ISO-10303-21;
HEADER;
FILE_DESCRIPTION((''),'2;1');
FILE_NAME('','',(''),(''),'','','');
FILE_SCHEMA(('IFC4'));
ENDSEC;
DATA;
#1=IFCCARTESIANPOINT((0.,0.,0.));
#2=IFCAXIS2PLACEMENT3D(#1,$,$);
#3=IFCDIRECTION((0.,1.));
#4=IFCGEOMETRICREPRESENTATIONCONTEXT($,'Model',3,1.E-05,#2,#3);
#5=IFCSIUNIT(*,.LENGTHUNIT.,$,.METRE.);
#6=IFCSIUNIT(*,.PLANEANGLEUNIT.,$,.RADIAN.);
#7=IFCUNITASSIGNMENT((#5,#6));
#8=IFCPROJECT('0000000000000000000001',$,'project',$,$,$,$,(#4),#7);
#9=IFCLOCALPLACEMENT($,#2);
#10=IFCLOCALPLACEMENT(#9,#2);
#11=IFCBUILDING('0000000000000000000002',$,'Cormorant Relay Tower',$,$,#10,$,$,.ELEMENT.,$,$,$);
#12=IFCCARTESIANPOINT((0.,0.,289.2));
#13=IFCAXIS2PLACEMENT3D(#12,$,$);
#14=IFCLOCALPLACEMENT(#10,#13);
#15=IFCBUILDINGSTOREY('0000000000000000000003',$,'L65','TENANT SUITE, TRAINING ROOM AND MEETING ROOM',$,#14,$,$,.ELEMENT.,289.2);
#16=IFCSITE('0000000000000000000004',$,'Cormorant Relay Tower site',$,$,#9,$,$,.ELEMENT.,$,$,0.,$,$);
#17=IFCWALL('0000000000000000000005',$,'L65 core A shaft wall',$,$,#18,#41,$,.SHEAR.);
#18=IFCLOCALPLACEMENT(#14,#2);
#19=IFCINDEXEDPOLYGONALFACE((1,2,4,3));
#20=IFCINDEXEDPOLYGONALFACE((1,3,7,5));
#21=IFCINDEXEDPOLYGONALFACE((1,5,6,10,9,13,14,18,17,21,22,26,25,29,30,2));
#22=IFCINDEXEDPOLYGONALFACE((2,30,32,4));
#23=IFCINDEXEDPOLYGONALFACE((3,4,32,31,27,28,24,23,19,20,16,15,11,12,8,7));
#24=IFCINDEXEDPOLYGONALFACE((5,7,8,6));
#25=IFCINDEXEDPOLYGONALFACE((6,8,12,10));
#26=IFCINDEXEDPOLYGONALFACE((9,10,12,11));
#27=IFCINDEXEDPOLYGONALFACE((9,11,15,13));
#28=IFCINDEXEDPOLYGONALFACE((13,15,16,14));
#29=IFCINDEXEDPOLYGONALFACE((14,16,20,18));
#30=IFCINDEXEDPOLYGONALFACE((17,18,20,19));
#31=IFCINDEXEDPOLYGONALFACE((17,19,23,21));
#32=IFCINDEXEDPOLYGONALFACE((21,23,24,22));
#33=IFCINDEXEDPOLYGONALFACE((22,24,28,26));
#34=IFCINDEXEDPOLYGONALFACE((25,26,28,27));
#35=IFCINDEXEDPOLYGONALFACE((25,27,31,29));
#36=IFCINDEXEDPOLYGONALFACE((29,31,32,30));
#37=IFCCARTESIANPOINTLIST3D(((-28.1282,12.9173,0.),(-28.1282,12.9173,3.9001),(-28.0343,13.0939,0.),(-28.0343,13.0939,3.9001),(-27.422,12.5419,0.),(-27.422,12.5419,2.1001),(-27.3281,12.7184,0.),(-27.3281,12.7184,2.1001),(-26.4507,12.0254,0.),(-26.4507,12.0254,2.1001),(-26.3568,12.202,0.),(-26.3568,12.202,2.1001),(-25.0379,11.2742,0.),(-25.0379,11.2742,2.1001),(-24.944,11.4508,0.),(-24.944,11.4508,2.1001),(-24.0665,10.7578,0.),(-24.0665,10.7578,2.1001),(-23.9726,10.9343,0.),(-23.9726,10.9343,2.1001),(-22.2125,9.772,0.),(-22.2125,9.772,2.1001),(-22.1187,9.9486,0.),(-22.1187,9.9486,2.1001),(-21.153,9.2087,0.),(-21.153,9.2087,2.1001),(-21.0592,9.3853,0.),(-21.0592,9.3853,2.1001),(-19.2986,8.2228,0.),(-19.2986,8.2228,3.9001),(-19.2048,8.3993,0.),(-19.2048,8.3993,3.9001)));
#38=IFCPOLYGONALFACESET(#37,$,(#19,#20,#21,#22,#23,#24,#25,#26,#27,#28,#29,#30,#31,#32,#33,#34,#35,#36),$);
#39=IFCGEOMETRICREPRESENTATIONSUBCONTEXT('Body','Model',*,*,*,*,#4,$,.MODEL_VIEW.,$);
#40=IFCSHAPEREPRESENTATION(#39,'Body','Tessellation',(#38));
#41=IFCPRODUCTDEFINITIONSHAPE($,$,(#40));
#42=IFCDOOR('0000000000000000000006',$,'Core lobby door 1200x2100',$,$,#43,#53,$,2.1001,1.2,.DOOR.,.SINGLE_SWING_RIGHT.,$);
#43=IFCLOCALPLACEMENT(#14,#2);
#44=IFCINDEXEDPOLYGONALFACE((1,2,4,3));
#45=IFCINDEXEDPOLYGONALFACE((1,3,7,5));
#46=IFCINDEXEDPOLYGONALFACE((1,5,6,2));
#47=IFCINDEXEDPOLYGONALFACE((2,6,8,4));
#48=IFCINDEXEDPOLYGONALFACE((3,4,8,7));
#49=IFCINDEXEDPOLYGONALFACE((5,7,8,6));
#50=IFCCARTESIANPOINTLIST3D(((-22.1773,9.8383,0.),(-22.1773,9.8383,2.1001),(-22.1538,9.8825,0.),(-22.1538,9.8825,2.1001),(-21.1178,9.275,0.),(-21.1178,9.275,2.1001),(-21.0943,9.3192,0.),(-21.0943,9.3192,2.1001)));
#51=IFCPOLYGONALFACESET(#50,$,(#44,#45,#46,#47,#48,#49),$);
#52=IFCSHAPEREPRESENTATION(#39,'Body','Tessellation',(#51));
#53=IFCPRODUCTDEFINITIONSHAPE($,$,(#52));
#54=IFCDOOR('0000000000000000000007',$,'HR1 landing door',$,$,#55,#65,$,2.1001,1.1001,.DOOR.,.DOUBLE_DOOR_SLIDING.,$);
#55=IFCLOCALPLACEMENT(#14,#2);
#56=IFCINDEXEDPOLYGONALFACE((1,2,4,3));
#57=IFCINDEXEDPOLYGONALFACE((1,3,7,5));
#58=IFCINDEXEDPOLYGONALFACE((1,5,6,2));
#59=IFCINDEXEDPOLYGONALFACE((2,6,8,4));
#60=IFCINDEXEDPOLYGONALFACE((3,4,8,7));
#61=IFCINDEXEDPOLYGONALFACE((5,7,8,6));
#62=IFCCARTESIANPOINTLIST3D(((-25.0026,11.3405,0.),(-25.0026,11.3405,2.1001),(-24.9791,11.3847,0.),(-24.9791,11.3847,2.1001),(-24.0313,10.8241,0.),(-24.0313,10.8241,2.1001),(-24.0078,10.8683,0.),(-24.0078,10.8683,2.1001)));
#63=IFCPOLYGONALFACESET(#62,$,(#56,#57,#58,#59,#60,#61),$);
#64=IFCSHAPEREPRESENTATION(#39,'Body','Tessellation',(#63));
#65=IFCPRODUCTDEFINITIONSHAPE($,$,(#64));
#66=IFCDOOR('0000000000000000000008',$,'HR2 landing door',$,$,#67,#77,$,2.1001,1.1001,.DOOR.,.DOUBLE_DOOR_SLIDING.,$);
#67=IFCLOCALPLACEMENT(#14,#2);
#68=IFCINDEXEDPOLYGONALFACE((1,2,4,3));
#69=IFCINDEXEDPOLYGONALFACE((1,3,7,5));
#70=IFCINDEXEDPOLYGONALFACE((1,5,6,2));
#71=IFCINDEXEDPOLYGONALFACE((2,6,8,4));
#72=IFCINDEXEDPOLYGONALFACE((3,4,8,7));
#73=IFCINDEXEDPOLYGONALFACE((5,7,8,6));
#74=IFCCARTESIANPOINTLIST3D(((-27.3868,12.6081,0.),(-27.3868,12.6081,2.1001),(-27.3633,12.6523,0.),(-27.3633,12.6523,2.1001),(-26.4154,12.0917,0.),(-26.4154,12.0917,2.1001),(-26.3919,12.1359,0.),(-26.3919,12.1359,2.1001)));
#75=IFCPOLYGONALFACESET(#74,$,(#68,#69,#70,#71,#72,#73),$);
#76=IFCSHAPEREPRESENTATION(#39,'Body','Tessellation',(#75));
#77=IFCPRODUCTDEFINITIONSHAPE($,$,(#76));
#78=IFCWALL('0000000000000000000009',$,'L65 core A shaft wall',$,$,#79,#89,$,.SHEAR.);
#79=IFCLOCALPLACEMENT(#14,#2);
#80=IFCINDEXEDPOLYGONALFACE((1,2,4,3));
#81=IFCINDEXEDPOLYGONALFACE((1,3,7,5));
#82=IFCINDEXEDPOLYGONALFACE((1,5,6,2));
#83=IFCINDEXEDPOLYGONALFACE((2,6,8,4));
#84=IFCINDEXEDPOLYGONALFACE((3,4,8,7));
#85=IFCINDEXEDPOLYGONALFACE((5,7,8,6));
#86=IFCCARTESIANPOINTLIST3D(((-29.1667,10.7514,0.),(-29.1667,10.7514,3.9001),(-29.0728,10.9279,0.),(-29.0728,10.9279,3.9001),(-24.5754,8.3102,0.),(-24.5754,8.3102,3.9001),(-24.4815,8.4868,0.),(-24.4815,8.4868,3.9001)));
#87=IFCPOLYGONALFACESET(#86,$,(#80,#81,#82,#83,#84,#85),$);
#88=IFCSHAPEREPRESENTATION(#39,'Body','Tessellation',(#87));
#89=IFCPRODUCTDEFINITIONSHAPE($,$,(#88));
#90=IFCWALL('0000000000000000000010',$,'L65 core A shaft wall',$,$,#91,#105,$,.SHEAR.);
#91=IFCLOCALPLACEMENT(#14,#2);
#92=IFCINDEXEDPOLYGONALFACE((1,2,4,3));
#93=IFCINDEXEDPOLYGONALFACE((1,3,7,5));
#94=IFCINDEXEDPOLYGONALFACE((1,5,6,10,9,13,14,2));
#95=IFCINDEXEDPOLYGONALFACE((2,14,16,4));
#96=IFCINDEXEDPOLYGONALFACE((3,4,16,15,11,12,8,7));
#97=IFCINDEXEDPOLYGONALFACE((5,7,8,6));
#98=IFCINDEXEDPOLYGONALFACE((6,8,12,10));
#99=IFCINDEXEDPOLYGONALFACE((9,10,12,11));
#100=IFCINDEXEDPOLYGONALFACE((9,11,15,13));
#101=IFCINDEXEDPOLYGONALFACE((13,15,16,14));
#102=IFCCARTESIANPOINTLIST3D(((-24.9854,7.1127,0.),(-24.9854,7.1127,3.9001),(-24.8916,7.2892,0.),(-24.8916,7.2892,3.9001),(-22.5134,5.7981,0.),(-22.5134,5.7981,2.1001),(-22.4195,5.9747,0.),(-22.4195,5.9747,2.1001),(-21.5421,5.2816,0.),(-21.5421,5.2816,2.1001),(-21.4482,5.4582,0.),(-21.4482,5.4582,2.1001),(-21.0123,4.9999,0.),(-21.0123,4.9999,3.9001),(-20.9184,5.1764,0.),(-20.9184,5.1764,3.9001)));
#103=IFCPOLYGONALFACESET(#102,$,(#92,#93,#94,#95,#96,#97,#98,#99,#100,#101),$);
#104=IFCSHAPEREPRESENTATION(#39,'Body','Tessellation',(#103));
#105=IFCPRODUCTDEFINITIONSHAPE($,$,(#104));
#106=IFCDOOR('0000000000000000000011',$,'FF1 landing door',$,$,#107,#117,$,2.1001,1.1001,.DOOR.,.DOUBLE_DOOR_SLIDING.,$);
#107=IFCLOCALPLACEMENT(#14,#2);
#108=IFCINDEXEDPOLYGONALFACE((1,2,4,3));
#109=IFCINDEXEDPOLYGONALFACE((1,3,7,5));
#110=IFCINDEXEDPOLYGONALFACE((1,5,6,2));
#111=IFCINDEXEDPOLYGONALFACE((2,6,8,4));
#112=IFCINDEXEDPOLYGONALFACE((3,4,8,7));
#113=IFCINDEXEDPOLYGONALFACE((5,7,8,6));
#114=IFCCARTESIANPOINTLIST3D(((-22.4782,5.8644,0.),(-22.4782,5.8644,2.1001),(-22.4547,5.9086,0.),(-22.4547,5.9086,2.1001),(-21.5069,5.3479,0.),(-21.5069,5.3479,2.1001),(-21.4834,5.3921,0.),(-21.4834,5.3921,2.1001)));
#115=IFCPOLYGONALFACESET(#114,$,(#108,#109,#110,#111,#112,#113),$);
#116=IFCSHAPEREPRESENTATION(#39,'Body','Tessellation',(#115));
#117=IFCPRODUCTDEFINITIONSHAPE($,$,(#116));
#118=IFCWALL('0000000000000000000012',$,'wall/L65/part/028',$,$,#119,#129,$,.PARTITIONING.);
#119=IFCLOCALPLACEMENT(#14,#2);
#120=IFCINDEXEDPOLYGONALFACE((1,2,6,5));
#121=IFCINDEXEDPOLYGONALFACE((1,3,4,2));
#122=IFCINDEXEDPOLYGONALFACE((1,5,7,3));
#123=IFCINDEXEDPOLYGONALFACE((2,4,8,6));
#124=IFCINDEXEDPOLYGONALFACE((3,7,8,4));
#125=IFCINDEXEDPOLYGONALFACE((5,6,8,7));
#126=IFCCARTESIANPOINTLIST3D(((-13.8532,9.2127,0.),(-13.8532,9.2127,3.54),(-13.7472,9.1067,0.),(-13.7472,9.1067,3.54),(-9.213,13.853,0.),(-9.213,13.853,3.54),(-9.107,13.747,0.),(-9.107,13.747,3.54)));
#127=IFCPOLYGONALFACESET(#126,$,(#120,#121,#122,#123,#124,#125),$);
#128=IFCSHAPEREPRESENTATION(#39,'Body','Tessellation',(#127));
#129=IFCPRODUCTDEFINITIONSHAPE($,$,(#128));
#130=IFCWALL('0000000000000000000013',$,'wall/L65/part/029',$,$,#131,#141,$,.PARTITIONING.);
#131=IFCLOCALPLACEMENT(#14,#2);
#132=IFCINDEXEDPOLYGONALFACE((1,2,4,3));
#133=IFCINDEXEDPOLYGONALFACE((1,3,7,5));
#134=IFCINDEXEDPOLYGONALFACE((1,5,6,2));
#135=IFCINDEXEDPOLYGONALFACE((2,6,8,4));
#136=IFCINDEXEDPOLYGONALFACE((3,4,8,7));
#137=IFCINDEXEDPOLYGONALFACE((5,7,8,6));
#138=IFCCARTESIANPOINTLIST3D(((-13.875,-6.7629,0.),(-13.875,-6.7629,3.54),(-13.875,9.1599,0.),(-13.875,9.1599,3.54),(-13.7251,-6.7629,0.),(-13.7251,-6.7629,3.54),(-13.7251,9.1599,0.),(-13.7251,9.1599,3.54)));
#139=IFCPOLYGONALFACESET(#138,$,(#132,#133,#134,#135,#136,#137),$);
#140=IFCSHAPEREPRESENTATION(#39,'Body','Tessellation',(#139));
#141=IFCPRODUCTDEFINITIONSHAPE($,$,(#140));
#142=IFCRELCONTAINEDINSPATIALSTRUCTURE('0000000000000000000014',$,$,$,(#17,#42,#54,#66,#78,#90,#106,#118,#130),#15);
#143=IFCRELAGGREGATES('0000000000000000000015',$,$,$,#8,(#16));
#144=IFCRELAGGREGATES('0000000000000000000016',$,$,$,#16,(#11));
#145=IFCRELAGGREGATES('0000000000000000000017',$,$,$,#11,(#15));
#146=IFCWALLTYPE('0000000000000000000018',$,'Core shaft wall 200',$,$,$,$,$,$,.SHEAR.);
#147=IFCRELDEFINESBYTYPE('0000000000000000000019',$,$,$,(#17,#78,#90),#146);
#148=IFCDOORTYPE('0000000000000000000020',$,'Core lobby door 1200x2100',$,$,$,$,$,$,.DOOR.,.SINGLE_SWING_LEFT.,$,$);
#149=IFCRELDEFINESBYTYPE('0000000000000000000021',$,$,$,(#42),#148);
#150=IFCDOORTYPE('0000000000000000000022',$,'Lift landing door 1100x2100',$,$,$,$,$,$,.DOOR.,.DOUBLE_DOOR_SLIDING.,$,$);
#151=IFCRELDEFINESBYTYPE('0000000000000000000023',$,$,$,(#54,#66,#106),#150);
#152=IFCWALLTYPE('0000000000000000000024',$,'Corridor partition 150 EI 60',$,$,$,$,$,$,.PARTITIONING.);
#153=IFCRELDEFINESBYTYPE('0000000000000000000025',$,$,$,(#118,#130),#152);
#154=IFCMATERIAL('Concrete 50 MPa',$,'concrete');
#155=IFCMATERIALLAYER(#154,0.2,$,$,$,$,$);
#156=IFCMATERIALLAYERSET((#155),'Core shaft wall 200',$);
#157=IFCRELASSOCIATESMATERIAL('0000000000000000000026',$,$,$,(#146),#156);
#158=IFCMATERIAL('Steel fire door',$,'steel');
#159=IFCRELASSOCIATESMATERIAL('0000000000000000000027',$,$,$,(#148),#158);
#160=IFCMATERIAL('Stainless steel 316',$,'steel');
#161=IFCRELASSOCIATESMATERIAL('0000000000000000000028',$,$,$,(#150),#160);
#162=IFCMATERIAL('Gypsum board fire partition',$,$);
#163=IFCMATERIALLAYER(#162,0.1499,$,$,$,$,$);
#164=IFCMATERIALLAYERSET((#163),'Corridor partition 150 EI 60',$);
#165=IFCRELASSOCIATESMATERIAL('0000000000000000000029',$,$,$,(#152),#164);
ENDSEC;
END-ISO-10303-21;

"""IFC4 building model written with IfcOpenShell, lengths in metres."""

from ifc_helpers import new_model, si_unit, direction, frame, frame_2d, origin, place, context, subcontext, project, spatial, rectangle, extrude, material, layer, layer_set, type_object, element, fill, save


model = new_model("IFC4")

# Units and contexts
model_context = context("Model", 3, precision=1e-05, world=origin(), true_north=direction((0.0, 1.0)))
body_context = subcontext(model_context, "Body", "Model", "MODEL_VIEW")
ifc_project = project(units=[si_unit("LENGTHUNIT", "METRE"), si_unit("PLANEANGLEUNIT", "RADIAN")], contexts=[model_context])

# Site, building, storey
site_placement = place(None, origin())
site = spatial("IfcSite", under=ifc_project, at=site_placement, Name="Cormorant Relay Tower site", CompositionType="ELEMENT", RefElevation=0.0)
building_placement = place(site_placement, origin())
building = spatial("IfcBuilding", under=site, at=building_placement, Name="Cormorant Relay Tower", CompositionType="ELEMENT")
storey_placement = place(building_placement, frame((0.0, 0.0, 289.2)))
storey = spatial("IfcBuildingStorey", under=building, at=storey_placement, Name="L65", Description="TENANT SUITE, TRAINING ROOM AND MEETING ROOM", CompositionType="ELEMENT", Elevation=289.2)

# Shared definitions
ifc_material_1 = material(Name="Concrete 50 MPa", Category="concrete")
ifc_layer_1 = layer(ifc_material_1, 0.2)
ifc_layer_set_1 = layer_set([ifc_layer_1], Name="Core shaft wall 200")
wall_type_1 = type_object("IfcWallType", Name="Core shaft wall 200", PredefinedType="SHEAR", material=ifc_layer_set_1)

# Wall, openings, doors
wall_1_placement = place(storey_placement, frame((-19.2517, 8.311, 0.0), z_axis=(0.0, 0.0, 1.0), x_axis=(-0.882956, 0.469456, 0.0)))
wall_1 = element("IfcWall", 1, at=wall_1_placement, inside=storey, type_object=wall_type_1, Name="L65 core A shaft wall", PredefinedType="SHEAR", context=body_context, shape_type="SweptSolid", body=[
    extrude(rectangle(XDim=10.0, YDim=0.2, at=frame_2d((5.0, 0.0))), origin(), (0.0, 0.0, 1.0), 3.9001),
])
opening_1_placement = place(wall_1_placement, frame((2.1001, 0.0, 0.0)))
opening_1 = element("IfcOpeningElement", 2, at=opening_1_placement, cuts=wall_1, PredefinedType="OPENING", context=body_context, shape_type="SweptSolid", body=[
    extrude(rectangle(XDim=1.2, YDim=2.1001, at=frame_2d((0.6001, 1.05))), frame((0.0, 0.1099, 0.0), z_axis=(0.0, -1.0, 0.0), x_axis=(1.0, 0.0, 0.0)), (0.0, 0.0, 1.0), 0.22),
])
opening_2_placement = place(wall_1_placement, frame((5.3999, 0.0, 0.0)))
opening_2 = element("IfcOpeningElement", 3, at=opening_2_placement, cuts=wall_1, PredefinedType="OPENING", context=body_context, shape_type="SweptSolid", body=[
    extrude(rectangle(XDim=1.1001, YDim=2.1001, at=frame_2d((0.55, 1.05))), frame((0.0, 0.1099, 0.0), z_axis=(0.0, -1.0, 0.0), x_axis=(1.0, 0.0, 0.0)), (0.0, 0.0, 1.0), 0.22),
])
opening_3_placement = place(wall_1_placement, frame((8.1001, 0.0, 0.0)))
opening_3 = element("IfcOpeningElement", 4, at=opening_3_placement, cuts=wall_1, PredefinedType="OPENING", context=body_context, shape_type="SweptSolid", body=[
    extrude(rectangle(XDim=1.1001, YDim=2.1001, at=frame_2d((0.55, 1.05))), frame((0.0, 0.1099, 0.0), z_axis=(0.0, -1.0, 0.0), x_axis=(1.0, 0.0, 0.0)), (0.0, 0.0, 1.0), 0.22),
])
ifc_material_2 = material(Name="Steel fire door", Category="steel")
door_type_1 = type_object("IfcDoorType", Name="Core lobby door 1200x2100", OperationType="SINGLE_SWING_LEFT", PredefinedType="DOOR", material=ifc_material_2)
door_1_placement = place(opening_1_placement, origin())
door_1 = element("IfcDoor", 5, at=door_1_placement, inside=storey, type_object=door_type_1, Name="Core lobby door 1200x2100", OperationType="SINGLE_SWING_RIGHT", OverallHeight=2.1001, OverallWidth=1.2, PredefinedType="DOOR", context=body_context, shape_type="SweptSolid", body=[
    extrude(rectangle(XDim=1.2, YDim=2.1001, at=frame_2d((0.6001, 1.05))), frame((0.0, 0.0249, 0.0), z_axis=(0.0, -1.0, 0.0), x_axis=(1.0, 0.0, 0.0)), (0.0, 0.0, 1.0), 0.05),
])
fill(opening_1, door_1)
ifc_material_3 = material(Name="Stainless steel 316", Category="steel")
door_type_2 = type_object("IfcDoorType", Name="Lift landing door 1100x2100", OperationType="DOUBLE_DOOR_SLIDING", PredefinedType="DOOR", material=ifc_material_3)
door_2_placement = place(opening_2_placement, origin())
door_2 = element("IfcDoor", 6, at=door_2_placement, inside=storey, type_object=door_type_2, Name="HR1 landing door", OperationType="DOUBLE_DOOR_SLIDING", OverallHeight=2.1001, OverallWidth=1.1001, PredefinedType="DOOR", context=body_context, shape_type="SweptSolid", body=[
    extrude(rectangle(XDim=1.1001, YDim=2.1001, at=frame_2d((0.55, 1.05))), frame((0.0, 0.0249, 0.0), z_axis=(0.0, -1.0, 0.0), x_axis=(1.0, 0.0, 0.0)), (0.0, 0.0, 1.0), 0.05),
])
fill(opening_2, door_2)
door_3_placement = place(opening_3_placement, origin())
door_3 = element("IfcDoor", 7, at=door_3_placement, inside=storey, type_object=door_type_2, Name="HR2 landing door", OperationType="DOUBLE_DOOR_SLIDING", OverallHeight=2.1001, OverallWidth=1.1001, PredefinedType="DOOR", context=body_context, shape_type="SweptSolid", body=[
    extrude(rectangle(XDim=1.1001, YDim=2.1001, at=frame_2d((0.55, 1.05))), frame((0.0, 0.0249, 0.0), z_axis=(0.0, -1.0, 0.0), x_axis=(1.0, 0.0, 0.0)), (0.0, 0.0, 1.0), 0.05),
])
fill(opening_3, door_3)

# Wall
wall_2_placement = place(storey_placement, frame((-24.5283, 8.3984, 0.0), z_axis=(0.0, 0.0, 1.0), x_axis=(-0.882954, 0.46946, 0.0)))
element("IfcWall", 8, at=wall_2_placement, inside=storey, type_object=wall_type_1, Name="L65 core A shaft wall", PredefinedType="SHEAR", context=body_context, shape_type="SweptSolid", body=[
    extrude(rectangle(XDim=5.2, YDim=0.2, at=frame_2d((2.6001, 0.0))), origin(), (0.0, 0.0, 1.0), 3.9001),
])

# Wall, opening, door
wall_3_placement = place(storey_placement, frame((-20.9653, 5.0881, 0.0), z_axis=(0.0, 0.0, 1.0), x_axis=(-0.882926, 0.469512, 0.0)))
wall_3 = element("IfcWall", 9, at=wall_3_placement, inside=storey, type_object=wall_type_1, Name="L65 core A shaft wall", PredefinedType="SHEAR", context=body_context, shape_type="SweptSolid", body=[
    extrude(rectangle(XDim=4.5, YDim=0.2, at=frame_2d((2.25, 0.0))), origin(), (0.0, 0.0, 1.0), 3.9001),
])
opening_4_placement = place(wall_3_placement, frame((0.6001, 0.0, 0.0)))
opening_4 = element("IfcOpeningElement", 10, at=opening_4_placement, cuts=wall_3, PredefinedType="OPENING", context=body_context, shape_type="SweptSolid", body=[
    extrude(rectangle(XDim=1.1001, YDim=2.1001, at=frame_2d((0.55, 1.05))), frame((0.0, 0.1099, 0.0), z_axis=(0.0, -1.0, 0.0), x_axis=(1.0, 0.0, 0.0)), (0.0, 0.0, 1.0), 0.22),
])
door_4_placement = place(opening_4_placement, origin())
door_4 = element("IfcDoor", 11, at=door_4_placement, inside=storey, type_object=door_type_2, Name="FF1 landing door", OperationType="DOUBLE_DOOR_SLIDING", OverallHeight=2.1001, OverallWidth=1.1001, PredefinedType="DOOR", context=body_context, shape_type="SweptSolid", body=[
    extrude(rectangle(XDim=1.1001, YDim=2.1001, at=frame_2d((0.55, 1.05))), frame((0.0, 0.0249, 0.0), z_axis=(0.0, -1.0, 0.0), x_axis=(1.0, 0.0, 0.0)), (0.0, 0.0, 1.0), 0.05),
])
fill(opening_4, door_4)

# Walls
ifc_material_4 = material(Name="Gypsum board fire partition")
ifc_layer_2 = layer(ifc_material_4, 0.1499)
ifc_layer_set_2 = layer_set([ifc_layer_2], Name="Corridor partition 150 EI 60")
wall_type_2 = type_object("IfcWallType", Name="Corridor partition 150 EI 60", PredefinedType="PARTITIONING", material=ifc_layer_set_2)
wall_4_placement = place(storey_placement, frame((-9.1599, 13.8, 0.0), z_axis=(0.0, 0.0, 1.0), x_axis=(-0.707107, -0.707107, 0.0)))
element("IfcWall", 12, at=wall_4_placement, inside=storey, type_object=wall_type_2, Name="wall/L65/part/028", PredefinedType="PARTITIONING", context=body_context, shape_type="SweptSolid", body=[
    extrude(rectangle(XDim=6.5623, YDim=0.1499, at=frame_2d((3.2812, 0.0))), origin(), (0.0, 0.0, 1.0), 3.54),
])
wall_5_placement = place(storey_placement, frame((-13.8, 9.1599, 0.0), z_axis=(0.0, 0.0, 1.0), x_axis=(0.0, -1.0, 0.0)))
element("IfcWall", 13, at=wall_5_placement, inside=storey, type_object=wall_type_2, Name="wall/L65/part/029", PredefinedType="PARTITIONING", context=body_context, shape_type="SweptSolid", body=[
    extrude(rectangle(XDim=15.9229, YDim=0.1499, at=frame_2d((7.9614, 0.0))), origin(), (0.0, 0.0, 1.0), 3.54),
])

save(model, "model.ifc")
